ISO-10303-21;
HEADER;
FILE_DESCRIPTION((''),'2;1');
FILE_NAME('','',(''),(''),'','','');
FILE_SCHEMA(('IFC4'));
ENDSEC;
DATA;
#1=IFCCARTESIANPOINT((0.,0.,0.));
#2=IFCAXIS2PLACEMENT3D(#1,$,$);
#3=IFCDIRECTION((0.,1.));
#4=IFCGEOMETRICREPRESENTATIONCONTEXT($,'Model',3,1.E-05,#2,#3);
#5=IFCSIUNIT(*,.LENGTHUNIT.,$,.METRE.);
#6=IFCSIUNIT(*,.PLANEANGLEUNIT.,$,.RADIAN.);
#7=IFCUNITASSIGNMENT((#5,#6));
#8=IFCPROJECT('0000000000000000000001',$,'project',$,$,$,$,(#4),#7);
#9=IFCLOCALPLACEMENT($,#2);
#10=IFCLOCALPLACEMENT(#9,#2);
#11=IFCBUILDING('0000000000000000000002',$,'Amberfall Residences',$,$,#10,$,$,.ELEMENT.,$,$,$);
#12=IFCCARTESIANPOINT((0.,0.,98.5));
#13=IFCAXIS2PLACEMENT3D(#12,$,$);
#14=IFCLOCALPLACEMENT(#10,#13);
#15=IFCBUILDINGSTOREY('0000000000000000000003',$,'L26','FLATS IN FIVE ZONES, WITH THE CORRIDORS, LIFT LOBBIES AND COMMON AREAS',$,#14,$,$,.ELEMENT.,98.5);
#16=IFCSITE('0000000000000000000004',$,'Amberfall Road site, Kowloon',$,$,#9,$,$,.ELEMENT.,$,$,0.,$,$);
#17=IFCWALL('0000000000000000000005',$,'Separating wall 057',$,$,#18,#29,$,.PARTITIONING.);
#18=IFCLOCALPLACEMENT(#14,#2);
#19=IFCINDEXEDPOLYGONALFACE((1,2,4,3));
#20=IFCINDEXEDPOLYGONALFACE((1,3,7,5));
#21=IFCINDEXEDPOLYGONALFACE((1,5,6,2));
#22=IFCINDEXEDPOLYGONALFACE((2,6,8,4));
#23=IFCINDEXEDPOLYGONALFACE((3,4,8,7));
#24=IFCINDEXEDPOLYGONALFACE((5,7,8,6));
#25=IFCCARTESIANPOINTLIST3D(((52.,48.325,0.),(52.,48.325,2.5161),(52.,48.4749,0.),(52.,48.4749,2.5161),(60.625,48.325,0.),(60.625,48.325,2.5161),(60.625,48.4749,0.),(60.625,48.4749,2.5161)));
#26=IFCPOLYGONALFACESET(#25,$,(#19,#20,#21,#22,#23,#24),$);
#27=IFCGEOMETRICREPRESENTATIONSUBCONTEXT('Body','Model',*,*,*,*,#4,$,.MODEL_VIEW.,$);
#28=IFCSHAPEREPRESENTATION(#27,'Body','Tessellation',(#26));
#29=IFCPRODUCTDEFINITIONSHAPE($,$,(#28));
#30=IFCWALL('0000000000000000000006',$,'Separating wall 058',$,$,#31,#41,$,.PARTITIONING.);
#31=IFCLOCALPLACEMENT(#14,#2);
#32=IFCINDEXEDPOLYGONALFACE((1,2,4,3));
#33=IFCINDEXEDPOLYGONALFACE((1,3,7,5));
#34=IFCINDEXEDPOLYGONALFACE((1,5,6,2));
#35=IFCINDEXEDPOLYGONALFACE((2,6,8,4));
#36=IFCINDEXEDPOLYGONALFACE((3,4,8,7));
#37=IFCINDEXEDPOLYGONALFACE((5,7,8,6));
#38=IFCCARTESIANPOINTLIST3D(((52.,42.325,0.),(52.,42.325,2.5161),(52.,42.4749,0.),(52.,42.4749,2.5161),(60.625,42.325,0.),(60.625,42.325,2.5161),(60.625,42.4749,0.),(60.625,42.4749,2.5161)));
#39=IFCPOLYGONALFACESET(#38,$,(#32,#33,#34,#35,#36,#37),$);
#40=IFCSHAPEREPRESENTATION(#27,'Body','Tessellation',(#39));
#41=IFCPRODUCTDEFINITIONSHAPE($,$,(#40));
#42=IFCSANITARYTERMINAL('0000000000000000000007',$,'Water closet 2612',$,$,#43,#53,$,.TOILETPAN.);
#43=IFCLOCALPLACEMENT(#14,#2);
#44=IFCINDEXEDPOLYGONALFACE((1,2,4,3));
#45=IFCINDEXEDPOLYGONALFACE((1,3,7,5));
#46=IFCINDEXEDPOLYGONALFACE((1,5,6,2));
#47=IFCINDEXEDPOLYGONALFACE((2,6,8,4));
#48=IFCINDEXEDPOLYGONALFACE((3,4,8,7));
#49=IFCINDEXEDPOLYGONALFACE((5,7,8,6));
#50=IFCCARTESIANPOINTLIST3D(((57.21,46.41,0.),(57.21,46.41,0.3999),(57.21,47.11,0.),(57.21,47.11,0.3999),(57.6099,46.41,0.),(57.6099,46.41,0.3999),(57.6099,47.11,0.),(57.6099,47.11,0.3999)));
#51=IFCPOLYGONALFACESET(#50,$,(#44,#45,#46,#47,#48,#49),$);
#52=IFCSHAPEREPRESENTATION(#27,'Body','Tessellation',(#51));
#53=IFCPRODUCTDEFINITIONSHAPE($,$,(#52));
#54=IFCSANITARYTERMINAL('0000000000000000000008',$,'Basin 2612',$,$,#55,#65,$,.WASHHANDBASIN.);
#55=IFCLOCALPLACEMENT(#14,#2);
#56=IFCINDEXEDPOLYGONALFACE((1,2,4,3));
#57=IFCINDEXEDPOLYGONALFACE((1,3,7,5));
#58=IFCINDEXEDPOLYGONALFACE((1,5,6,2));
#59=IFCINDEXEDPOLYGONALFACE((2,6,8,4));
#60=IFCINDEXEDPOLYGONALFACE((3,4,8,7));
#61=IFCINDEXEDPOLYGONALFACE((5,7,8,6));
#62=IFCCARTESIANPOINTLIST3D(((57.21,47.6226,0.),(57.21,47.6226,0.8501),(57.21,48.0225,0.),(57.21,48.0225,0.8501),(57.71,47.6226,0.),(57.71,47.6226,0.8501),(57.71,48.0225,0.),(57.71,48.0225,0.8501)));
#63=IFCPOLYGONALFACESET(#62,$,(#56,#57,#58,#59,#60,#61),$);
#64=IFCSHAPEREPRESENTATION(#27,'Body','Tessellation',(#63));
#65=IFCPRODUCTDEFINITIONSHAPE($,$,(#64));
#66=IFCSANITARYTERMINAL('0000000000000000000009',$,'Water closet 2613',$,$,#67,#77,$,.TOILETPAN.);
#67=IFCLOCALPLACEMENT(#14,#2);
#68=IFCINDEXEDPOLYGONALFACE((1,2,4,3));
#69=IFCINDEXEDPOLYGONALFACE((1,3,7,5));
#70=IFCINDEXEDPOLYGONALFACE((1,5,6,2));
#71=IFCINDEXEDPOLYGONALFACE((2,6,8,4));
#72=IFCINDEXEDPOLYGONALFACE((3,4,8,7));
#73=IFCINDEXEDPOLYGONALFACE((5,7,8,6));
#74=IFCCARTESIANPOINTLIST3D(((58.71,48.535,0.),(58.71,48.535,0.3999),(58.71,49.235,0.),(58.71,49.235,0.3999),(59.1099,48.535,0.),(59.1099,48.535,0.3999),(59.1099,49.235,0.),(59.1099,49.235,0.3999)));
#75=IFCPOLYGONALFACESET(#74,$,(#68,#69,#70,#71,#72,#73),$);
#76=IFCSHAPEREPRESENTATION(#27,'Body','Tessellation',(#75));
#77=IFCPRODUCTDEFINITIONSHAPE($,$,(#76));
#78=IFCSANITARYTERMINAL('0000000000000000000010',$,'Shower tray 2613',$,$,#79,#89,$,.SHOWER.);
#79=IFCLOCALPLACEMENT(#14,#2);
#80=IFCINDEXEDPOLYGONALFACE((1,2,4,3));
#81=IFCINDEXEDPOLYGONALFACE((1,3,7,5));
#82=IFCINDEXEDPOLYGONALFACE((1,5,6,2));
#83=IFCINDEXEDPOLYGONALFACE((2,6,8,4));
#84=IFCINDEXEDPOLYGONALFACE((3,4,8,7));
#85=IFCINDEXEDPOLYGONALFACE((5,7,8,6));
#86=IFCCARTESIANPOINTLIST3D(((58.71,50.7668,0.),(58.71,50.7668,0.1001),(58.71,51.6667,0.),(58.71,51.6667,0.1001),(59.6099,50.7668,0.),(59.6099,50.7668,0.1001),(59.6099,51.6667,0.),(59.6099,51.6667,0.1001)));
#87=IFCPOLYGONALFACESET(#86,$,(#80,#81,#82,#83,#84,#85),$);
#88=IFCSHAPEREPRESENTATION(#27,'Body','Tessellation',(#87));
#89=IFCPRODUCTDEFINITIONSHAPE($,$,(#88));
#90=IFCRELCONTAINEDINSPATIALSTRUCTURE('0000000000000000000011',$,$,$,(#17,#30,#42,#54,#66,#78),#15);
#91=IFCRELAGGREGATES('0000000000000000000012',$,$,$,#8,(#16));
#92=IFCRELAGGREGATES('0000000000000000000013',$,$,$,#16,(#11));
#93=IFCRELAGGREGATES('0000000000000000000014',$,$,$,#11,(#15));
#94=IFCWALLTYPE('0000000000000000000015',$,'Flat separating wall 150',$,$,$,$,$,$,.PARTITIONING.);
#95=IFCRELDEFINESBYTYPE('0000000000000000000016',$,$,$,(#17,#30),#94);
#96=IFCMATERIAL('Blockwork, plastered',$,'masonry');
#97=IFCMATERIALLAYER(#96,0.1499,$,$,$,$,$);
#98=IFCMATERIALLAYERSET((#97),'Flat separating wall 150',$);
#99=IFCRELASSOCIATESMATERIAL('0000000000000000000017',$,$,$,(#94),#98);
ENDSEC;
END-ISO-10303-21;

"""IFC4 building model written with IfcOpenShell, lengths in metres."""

from ifc_helpers import new_model, si_unit, direction, frame, frame_2d, origin, origin_2d, place, context, subcontext, project, spatial, rectangle, extrude, material, layer, layer_set, type_object, element, save


model = new_model("IFC4")

# Units and contexts
model_context = context("Model", 3, precision=1e-05, world=origin(), true_north=direction((0.0, 1.0)))
body_context = subcontext(model_context, "Body", "Model", "MODEL_VIEW")
ifc_project = project(units=[si_unit("LENGTHUNIT", "METRE"), si_unit("PLANEANGLEUNIT", "RADIAN")], contexts=[model_context])

# Site, building, storey
site_placement = place(None, origin())
site = spatial("IfcSite", under=ifc_project, at=site_placement, Name="Amberfall Road site, Kowloon", CompositionType="ELEMENT", RefElevation=0.0)
building_placement = place(site_placement, origin())
building = spatial("IfcBuilding", under=site, at=building_placement, Name="Amberfall Residences", CompositionType="ELEMENT")
storey_placement = place(building_placement, frame((0.0, 0.0, 98.5)))
storey = spatial("IfcBuildingStorey", under=building, at=storey_placement, Name="L26", Description="FLATS IN FIVE ZONES, WITH THE CORRIDORS, LIFT LOBBIES AND COMMON AREAS", CompositionType="ELEMENT", Elevation=98.5)

# Walls
ifc_material_1 = material(Name="Blockwork, plastered", Category="masonry")
ifc_layer_1 = layer(ifc_material_1, 0.1499)
ifc_layer_set_1 = layer_set([ifc_layer_1], Name="Flat separating wall 150")
wall_type_1 = type_object("IfcWallType", Name="Flat separating wall 150", PredefinedType="PARTITIONING", material=ifc_layer_set_1)
for number, where, z_axis, x_axis, name in (
    (1, (52.0, 48.3999, 0.0), (0.0, 0.0, 1.0), (1.0, 0.0, 0.0), "Separating wall 057"),
    (2, (52.0, 42.3999, 0.0), (0.0, 0.0, 1.0), (1.0, 0.0, 0.0), "Separating wall 058"),
):
    element("IfcWall", number, at=place(storey_placement, frame(where, z_axis=z_axis, x_axis=x_axis)), inside=storey, type_object=wall_type_1, Name=name, PredefinedType="PARTITIONING", context=body_context, shape_type="SweptSolid", body=[
        extrude(rectangle(XDim=8.625, YDim=0.1499, at=frame_2d((4.3125, 0.0))), origin(), (0.0, 0.0, 1.0), 2.5161),
    ])

# Sanitary terminals
sanitary_terminal_1_placement = place(storey_placement, frame((57.4099, 46.76, 0.0), z_axis=(0.0, 0.0, 1.0), x_axis=(1.0, 0.0, 0.0)))
element("IfcSanitaryTerminal", 3, at=sanitary_terminal_1_placement, inside=storey, Name="Water closet 2612", PredefinedType="TOILETPAN", context=body_context, shape_type="SweptSolid", body=[
    extrude(rectangle(XDim=0.3999, YDim=0.7, at=origin_2d()), origin(), (0.0, 0.0, 1.0), 0.3999),
])
sanitary_terminal_2_placement = place(storey_placement, frame((57.46, 47.8225, 0.0), z_axis=(0.0, 0.0, 1.0), x_axis=(1.0, 0.0, 0.0)))
element("IfcSanitaryTerminal", 4, at=sanitary_terminal_2_placement, inside=storey, Name="Basin 2612", PredefinedType="WASHHANDBASIN", context=body_context, shape_type="SweptSolid", body=[
    extrude(rectangle(XDim=0.5, YDim=0.3999, at=origin_2d()), origin(), (0.0, 0.0, 1.0), 0.8501),
])
sanitary_terminal_3_placement = place(storey_placement, frame((58.9099, 48.885, 0.0), z_axis=(0.0, 0.0, 1.0), x_axis=(1.0, 0.0, 0.0)))
element("IfcSanitaryTerminal", 5, at=sanitary_terminal_3_placement, inside=storey, Name="Water closet 2613", PredefinedType="TOILETPAN", context=body_context, shape_type="SweptSolid", body=[
    extrude(rectangle(XDim=0.3999, YDim=0.7, at=origin_2d()), origin(), (0.0, 0.0, 1.0), 0.3999),
])
sanitary_terminal_4_placement = place(storey_placement, frame((59.1599, 51.2168, 0.0), z_axis=(0.0, 0.0, 1.0), x_axis=(1.0, 0.0, 0.0)))
element("IfcSanitaryTerminal", 6, at=sanitary_terminal_4_placement, inside=storey, Name="Shower tray 2613", PredefinedType="SHOWER", context=body_context, shape_type="SweptSolid", body=[
    extrude(rectangle(XDim=0.8999, YDim=0.8999, at=origin_2d()), origin(), (0.0, 0.0, 1.0), 0.1001),
])

save(model, "model.ifc")
